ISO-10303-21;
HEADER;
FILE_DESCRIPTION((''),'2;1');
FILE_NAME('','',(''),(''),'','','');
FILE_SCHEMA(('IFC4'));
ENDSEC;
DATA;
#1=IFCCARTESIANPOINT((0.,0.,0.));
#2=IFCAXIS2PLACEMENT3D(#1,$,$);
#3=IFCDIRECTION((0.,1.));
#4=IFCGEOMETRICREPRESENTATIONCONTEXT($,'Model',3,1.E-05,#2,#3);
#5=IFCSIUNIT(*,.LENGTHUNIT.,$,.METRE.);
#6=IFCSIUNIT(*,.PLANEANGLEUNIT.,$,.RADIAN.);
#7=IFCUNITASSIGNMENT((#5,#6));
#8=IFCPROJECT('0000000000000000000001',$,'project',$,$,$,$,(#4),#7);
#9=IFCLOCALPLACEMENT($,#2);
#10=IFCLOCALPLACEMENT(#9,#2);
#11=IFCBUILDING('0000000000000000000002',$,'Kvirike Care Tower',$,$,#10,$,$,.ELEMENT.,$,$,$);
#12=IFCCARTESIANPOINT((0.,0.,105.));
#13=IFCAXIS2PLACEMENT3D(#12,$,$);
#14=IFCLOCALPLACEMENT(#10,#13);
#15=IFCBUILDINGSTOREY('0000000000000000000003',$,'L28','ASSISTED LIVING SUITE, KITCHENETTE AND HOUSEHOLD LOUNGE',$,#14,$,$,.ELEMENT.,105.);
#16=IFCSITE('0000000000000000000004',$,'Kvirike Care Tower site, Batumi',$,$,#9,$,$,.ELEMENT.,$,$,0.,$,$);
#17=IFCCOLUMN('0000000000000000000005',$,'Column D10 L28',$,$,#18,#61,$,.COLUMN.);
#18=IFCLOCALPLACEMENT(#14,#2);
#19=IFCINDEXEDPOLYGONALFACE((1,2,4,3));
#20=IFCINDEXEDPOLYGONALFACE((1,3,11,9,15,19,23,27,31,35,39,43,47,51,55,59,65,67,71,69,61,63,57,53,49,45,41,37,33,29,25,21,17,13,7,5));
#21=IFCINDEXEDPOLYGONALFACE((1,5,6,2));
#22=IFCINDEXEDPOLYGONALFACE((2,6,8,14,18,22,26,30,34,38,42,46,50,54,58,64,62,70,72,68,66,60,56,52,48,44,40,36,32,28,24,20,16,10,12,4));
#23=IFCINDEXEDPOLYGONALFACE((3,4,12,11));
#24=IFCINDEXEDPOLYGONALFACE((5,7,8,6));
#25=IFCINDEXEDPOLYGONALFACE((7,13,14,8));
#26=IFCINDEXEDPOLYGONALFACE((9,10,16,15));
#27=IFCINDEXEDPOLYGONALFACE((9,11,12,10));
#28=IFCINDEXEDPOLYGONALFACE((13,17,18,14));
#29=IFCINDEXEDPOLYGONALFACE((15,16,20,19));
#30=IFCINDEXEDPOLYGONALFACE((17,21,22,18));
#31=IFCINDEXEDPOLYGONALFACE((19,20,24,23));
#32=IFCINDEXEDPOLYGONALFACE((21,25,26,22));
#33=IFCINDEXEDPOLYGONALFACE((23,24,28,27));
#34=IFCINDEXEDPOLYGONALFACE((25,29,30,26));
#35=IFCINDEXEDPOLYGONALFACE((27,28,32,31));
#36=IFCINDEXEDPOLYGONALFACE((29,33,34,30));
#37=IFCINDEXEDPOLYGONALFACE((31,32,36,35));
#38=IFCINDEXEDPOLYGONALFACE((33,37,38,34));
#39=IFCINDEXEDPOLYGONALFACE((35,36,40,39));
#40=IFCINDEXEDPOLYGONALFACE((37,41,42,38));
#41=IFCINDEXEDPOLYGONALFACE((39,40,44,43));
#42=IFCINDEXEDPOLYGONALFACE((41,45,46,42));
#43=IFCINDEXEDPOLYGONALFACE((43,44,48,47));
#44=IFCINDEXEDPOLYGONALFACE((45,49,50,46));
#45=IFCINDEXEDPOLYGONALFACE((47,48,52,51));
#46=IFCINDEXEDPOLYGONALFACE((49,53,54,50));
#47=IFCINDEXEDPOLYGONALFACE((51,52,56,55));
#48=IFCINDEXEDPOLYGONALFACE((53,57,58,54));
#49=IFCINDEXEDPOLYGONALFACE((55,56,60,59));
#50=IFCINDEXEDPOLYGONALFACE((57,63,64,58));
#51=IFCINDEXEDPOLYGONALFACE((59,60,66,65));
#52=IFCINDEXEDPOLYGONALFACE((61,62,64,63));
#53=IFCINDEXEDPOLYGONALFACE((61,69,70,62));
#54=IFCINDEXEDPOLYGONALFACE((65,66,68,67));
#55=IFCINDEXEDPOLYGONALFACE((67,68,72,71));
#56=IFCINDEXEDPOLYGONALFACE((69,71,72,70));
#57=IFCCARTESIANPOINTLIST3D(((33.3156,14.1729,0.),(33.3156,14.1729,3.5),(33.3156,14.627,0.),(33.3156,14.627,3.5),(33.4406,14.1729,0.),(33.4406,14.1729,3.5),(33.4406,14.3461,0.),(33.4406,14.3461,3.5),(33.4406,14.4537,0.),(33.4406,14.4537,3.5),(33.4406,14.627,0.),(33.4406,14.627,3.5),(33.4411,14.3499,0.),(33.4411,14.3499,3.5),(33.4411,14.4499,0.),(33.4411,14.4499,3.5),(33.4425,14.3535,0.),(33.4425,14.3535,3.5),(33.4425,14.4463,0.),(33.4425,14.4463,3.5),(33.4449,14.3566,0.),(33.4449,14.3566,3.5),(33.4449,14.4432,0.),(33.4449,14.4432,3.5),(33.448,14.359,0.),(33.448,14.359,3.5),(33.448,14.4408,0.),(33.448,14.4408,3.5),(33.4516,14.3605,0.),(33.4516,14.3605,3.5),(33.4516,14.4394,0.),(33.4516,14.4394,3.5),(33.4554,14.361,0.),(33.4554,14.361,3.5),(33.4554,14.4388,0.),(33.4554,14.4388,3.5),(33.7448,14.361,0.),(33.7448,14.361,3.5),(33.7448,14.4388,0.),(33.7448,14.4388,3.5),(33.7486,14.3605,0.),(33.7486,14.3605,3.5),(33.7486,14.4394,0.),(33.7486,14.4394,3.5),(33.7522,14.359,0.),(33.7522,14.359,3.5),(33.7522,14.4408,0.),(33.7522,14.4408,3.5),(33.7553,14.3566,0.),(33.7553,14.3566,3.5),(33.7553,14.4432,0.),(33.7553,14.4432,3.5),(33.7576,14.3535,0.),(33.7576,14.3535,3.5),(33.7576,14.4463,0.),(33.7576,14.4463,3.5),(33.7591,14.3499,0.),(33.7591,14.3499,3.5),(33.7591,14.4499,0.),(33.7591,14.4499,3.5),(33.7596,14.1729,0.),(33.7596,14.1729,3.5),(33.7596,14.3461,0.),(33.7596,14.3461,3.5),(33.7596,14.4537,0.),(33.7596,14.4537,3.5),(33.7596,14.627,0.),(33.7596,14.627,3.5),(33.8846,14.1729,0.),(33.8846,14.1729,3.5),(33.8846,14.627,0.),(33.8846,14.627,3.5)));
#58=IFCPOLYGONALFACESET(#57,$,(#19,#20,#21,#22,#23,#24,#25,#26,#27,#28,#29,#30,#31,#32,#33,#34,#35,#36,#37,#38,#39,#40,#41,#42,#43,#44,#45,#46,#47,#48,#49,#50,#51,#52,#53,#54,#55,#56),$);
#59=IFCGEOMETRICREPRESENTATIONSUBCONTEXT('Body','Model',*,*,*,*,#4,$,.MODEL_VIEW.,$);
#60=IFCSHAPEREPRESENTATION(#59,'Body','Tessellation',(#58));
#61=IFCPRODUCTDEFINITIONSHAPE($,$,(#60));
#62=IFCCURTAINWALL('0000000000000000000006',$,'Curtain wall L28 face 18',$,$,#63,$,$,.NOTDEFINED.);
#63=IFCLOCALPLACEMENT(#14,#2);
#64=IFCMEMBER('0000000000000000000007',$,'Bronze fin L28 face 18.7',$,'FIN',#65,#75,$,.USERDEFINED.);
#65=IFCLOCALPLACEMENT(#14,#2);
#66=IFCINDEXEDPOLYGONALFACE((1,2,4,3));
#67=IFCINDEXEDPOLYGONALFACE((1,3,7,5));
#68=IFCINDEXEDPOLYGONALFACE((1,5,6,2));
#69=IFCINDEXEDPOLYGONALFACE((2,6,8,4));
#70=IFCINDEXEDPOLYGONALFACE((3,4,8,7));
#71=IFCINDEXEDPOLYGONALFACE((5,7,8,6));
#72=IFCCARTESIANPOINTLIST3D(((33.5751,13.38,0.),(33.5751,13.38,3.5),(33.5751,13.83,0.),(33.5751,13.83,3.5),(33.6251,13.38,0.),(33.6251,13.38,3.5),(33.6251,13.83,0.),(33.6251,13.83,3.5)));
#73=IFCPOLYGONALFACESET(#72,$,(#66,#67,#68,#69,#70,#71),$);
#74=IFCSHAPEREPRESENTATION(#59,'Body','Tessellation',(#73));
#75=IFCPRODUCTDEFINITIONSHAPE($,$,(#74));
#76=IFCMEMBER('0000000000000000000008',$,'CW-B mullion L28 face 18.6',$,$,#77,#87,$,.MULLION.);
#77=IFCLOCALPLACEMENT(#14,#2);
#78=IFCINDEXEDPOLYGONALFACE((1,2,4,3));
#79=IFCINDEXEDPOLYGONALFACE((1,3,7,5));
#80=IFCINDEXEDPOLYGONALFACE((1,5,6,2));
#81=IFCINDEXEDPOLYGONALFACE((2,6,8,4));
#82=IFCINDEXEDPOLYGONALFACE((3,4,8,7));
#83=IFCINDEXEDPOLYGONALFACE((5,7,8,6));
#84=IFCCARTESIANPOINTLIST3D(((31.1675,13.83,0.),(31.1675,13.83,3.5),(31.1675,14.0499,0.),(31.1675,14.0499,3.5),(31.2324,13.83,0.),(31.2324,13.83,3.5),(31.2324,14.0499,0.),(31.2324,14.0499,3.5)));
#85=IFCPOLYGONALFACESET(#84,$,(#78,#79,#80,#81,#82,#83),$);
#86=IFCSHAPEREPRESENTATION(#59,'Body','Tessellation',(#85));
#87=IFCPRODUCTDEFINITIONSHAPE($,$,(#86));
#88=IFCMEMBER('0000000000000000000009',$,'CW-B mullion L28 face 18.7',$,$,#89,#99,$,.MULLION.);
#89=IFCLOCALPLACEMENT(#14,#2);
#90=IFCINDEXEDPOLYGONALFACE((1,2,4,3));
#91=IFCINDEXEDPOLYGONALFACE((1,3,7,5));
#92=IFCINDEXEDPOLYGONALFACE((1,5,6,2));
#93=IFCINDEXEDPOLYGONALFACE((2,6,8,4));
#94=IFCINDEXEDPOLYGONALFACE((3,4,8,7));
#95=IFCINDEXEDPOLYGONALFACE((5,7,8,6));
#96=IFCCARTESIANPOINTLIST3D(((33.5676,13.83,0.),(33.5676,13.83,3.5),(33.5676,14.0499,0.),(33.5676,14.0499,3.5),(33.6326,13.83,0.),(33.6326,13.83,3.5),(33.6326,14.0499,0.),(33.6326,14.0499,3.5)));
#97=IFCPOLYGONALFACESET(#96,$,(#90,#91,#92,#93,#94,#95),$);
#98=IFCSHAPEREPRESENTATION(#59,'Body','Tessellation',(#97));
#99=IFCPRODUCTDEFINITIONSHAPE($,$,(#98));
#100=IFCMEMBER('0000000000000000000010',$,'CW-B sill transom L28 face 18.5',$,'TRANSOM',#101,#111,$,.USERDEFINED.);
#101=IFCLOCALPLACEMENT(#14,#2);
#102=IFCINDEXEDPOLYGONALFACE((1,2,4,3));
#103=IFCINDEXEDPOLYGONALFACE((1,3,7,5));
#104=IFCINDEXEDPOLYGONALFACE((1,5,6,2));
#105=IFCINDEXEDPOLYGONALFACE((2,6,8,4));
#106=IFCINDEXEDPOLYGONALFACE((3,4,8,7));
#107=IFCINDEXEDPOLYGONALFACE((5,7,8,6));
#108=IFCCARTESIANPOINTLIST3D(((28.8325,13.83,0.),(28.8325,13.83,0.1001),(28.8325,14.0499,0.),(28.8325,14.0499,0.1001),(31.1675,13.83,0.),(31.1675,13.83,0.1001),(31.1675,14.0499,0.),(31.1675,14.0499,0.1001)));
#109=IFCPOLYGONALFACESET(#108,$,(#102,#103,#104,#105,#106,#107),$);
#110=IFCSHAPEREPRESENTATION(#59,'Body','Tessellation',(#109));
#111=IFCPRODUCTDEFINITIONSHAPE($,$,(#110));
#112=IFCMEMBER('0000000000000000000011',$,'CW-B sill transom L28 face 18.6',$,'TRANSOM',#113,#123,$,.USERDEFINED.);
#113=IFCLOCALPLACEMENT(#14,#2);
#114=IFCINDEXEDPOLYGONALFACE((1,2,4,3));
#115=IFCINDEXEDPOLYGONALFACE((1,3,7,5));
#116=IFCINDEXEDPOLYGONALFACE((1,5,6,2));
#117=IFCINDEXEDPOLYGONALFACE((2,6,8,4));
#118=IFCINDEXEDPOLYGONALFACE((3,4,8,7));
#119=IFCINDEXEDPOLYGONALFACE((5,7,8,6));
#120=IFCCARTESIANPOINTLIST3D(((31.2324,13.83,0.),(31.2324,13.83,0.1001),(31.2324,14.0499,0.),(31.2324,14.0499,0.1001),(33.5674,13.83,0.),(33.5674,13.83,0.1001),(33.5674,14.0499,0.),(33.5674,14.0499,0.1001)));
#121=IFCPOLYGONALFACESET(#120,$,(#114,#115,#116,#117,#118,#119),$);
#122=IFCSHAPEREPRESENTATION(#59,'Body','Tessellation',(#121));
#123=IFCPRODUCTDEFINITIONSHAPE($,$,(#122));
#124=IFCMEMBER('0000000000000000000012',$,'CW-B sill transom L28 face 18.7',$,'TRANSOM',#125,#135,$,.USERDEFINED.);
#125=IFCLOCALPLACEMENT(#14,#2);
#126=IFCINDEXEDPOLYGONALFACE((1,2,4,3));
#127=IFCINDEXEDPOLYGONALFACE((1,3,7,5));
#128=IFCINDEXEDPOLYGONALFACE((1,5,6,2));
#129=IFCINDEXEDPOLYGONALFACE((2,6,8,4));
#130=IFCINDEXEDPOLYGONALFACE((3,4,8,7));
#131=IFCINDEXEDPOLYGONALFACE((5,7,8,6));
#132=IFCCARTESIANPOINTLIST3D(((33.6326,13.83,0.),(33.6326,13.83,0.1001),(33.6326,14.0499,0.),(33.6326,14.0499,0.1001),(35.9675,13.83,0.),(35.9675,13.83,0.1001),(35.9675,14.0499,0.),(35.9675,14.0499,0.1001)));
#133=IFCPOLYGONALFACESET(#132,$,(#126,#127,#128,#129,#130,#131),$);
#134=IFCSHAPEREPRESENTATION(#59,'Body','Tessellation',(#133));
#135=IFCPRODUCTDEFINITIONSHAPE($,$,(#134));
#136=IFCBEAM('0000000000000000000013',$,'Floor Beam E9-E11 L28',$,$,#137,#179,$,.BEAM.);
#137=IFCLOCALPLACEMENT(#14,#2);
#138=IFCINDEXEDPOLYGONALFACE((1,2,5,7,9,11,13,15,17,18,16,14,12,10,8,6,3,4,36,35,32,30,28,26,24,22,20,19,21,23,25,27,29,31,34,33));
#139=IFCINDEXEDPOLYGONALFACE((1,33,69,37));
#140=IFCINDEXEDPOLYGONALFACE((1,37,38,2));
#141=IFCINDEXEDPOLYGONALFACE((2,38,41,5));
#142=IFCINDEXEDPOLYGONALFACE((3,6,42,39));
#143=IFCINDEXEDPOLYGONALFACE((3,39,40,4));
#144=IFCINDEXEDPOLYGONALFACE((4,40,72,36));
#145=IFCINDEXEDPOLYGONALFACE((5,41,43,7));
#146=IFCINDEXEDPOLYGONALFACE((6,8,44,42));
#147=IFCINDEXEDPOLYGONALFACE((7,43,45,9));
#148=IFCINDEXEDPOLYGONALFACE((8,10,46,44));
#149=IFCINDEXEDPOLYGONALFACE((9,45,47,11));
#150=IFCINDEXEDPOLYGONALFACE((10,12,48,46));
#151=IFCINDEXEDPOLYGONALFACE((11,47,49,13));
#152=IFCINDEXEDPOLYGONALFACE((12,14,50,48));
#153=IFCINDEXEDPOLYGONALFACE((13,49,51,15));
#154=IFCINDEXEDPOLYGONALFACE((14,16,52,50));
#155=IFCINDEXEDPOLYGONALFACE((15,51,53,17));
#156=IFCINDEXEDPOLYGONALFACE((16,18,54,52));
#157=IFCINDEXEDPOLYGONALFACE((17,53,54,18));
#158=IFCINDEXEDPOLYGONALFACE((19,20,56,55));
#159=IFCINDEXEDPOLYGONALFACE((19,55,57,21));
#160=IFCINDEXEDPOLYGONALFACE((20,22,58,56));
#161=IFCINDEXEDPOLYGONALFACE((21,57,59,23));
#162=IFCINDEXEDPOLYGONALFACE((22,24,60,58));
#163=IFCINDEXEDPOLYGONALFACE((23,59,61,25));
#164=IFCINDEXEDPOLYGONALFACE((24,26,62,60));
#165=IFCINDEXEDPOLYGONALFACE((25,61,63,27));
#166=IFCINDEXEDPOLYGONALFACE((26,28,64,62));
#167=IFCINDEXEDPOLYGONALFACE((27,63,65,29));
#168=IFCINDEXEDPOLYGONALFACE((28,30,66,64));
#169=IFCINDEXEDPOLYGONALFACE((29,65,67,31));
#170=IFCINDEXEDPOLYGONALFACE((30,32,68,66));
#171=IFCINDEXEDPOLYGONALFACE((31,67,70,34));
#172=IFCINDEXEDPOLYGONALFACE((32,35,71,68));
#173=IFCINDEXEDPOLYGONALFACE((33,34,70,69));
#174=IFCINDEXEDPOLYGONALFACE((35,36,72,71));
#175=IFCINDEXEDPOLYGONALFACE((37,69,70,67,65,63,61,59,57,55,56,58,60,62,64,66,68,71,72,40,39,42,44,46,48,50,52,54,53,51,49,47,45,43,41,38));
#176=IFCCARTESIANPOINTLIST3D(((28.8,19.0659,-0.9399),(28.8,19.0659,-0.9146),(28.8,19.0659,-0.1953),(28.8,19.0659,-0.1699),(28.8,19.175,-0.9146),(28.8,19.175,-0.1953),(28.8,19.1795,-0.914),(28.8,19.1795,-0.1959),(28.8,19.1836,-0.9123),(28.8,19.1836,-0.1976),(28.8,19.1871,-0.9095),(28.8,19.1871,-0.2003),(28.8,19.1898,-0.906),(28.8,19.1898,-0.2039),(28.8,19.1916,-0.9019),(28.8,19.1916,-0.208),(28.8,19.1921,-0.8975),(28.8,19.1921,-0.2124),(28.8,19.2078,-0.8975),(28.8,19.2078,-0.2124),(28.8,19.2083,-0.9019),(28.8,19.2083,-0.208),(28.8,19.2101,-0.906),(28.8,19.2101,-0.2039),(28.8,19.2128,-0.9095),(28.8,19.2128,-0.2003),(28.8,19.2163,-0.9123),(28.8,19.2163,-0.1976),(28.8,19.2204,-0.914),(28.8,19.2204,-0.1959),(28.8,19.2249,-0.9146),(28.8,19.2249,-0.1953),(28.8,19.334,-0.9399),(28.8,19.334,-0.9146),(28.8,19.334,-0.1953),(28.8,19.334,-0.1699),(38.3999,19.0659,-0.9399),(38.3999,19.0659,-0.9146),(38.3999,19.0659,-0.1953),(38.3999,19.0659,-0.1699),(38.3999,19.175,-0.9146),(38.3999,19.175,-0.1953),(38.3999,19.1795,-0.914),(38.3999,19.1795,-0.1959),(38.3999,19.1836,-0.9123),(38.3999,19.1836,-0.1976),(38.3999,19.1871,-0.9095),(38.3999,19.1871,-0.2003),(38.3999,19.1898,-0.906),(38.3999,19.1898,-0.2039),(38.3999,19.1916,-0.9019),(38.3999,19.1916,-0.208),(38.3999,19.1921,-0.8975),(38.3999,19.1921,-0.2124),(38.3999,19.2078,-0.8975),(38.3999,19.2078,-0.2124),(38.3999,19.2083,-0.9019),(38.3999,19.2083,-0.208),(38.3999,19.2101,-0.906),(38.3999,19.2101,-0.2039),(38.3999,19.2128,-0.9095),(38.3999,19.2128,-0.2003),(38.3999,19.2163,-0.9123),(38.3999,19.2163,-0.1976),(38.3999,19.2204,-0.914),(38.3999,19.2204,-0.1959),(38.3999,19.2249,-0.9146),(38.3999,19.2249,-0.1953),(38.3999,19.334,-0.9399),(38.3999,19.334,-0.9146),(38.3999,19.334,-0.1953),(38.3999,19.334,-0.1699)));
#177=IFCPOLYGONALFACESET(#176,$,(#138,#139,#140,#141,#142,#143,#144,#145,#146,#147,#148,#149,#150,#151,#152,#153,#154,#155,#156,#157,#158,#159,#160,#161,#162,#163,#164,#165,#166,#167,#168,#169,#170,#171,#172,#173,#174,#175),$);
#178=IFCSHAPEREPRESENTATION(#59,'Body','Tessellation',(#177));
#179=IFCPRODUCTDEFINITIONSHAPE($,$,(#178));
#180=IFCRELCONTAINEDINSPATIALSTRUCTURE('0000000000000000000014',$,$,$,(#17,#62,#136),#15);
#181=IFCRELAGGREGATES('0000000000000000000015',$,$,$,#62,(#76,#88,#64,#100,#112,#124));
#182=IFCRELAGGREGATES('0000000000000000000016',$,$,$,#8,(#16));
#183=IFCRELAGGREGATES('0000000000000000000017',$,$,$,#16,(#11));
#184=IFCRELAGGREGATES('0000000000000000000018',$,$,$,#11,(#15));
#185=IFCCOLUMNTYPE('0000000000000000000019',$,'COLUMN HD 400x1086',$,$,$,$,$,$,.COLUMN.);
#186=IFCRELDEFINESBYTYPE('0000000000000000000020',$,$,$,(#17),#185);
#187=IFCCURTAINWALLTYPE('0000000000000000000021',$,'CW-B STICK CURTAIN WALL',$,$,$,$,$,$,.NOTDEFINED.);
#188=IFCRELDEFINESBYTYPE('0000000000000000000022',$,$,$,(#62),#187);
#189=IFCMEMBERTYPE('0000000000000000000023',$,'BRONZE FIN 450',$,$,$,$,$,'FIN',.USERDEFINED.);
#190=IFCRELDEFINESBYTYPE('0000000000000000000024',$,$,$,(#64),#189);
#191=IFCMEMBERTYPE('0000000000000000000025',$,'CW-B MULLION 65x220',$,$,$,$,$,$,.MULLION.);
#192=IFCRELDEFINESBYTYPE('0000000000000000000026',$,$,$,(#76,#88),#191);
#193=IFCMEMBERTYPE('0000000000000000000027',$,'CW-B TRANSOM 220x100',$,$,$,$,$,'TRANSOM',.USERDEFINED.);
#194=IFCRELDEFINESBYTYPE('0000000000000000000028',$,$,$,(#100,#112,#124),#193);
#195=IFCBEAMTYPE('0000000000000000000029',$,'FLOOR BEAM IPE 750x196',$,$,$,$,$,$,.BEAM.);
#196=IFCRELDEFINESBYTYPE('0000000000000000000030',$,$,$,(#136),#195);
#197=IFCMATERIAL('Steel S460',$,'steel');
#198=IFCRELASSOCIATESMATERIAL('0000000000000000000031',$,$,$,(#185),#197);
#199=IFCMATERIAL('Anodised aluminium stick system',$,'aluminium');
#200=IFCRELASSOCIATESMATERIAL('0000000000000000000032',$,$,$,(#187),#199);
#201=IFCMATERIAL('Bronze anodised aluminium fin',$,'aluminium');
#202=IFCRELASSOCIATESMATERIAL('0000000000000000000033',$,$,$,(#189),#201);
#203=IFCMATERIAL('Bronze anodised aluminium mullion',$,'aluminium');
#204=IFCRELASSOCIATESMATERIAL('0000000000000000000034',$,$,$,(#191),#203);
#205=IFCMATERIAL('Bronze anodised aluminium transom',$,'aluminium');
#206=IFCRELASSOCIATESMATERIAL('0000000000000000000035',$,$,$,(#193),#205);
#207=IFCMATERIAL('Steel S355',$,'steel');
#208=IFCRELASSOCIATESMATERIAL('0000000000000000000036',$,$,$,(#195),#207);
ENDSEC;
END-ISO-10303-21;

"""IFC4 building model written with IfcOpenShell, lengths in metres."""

from ifc_helpers import new_model, si_unit, direction, frame, origin, origin_2d, place, context, subcontext, project, spatial, rectangle, i_section, extrude, material, material_profile, profile_set, type_object, element, aggregate, save


model = new_model("IFC4")

# Units and contexts
model_context = context("Model", 3, precision=1e-05, world=origin(), true_north=direction((0.0, 1.0)))
body_context = subcontext(model_context, "Body", "Model", "MODEL_VIEW")
ifc_project = project(units=[si_unit("LENGTHUNIT", "METRE"), si_unit("PLANEANGLEUNIT", "RADIAN")], contexts=[model_context])

# Site, building, storey
site_placement = place(None, origin())
site = spatial("IfcSite", under=ifc_project, at=site_placement, Name="Kvirike Care Tower site, Batumi", CompositionType="ELEMENT", RefElevation=0.0)
building_placement = place(site_placement, origin())
building = spatial("IfcBuilding", under=site, at=building_placement, Name="Kvirike Care Tower", CompositionType="ELEMENT")
storey_placement = place(building_placement, frame((0.0, 0.0, 105.0)))
storey = spatial("IfcBuildingStorey", under=building, at=storey_placement, Name="L28", Description="ASSISTED LIVING SUITE, KITCHENETTE AND HOUSEHOLD LOUNGE", CompositionType="ELEMENT", Elevation=105.0)

# Column
ifc_material_1 = material(Name="Steel S460", Category="steel")
ifc_material_profile_1 = material_profile(ifc_material_1, i_section(OverallWidth=0.4541, OverallDepth=0.5691, WebThickness=0.0779, FlangeThickness=0.125, FilletRadius=0.0149, at=origin_2d()), Name="HD 400x1086")
ifc_profile_set_1 = profile_set([ifc_material_profile_1], Name="Steel S460")
column_type = type_object("IfcColumnType", Name="COLUMN HD 400x1086", PredefinedType="COLUMN", material=ifc_profile_set_1)
column_placement = place(storey_placement, frame((33.6001, 14.3999, 0.0), z_axis=(0.0, 0.0, 1.0), x_axis=(0.0, 1.0, 0.0)))
element("IfcColumn", 1, at=column_placement, inside=storey, type_object=column_type, Name="Column D10 L28", PredefinedType="COLUMN", context=body_context, shape_type="SweptSolid", body=[
    extrude(i_section(OverallWidth=0.4541, OverallDepth=0.5691, WebThickness=0.0779, FlangeThickness=0.125, FilletRadius=0.0149, at=origin_2d()), origin(), (0.0, 0.0, 1.0), 3.5),
])

# Curtain wall, members
ifc_material_2 = material(Name="Anodised aluminium stick system", Category="aluminium")
curtain_wall_type = type_object("IfcCurtainWallType", Name="CW-B STICK CURTAIN WALL", PredefinedType="NOTDEFINED", material=ifc_material_2)
curtain_wall_placement = place(storey_placement, origin())
curtain_wall = element("IfcCurtainWall", 2, at=curtain_wall_placement, inside=storey, type_object=curtain_wall_type, Name="Curtain wall L28 face 18", PredefinedType="NOTDEFINED")
ifc_material_3 = material(Name="Bronze anodised aluminium fin", Category="aluminium")
ifc_material_profile_2 = material_profile(ifc_material_3, rectangle(XDim=0.05, YDim=0.45, at=origin_2d()), Name="BRONZE FIN 450")
ifc_profile_set_2 = profile_set([ifc_material_profile_2], Name="Bronze anodised aluminium fin")
member_type_1 = type_object("IfcMemberType", Name="BRONZE FIN 450", ElementType="FIN", PredefinedType="USERDEFINED", material=ifc_profile_set_2)
member_1_placement = place(storey_placement, frame((33.6001, 13.605, 0.0), z_axis=(0.0, 0.0, 1.0), x_axis=(1.0, 0.0, 0.0)))
member_1 = element("IfcMember", 3, at=member_1_placement, type_object=member_type_1, Name="Bronze fin L28 face 18.7", ObjectType="FIN", PredefinedType="USERDEFINED", context=body_context, shape_type="SweptSolid", body=[
    extrude(rectangle(XDim=0.05, YDim=0.45, at=origin_2d()), origin(), (0.0, 0.0, 1.0), 3.5),
])
ifc_material_4 = material(Name="Bronze anodised aluminium mullion", Category="aluminium")
ifc_material_profile_3 = material_profile(ifc_material_4, rectangle(XDim=0.0649, YDim=0.22, at=origin_2d()), Name="CW-B MULLION 65x220")
ifc_profile_set_3 = profile_set([ifc_material_profile_3], Name="Bronze anodised aluminium mullion")
member_type_2 = type_object("IfcMemberType", Name="CW-B MULLION 65x220", PredefinedType="MULLION", material=ifc_profile_set_3)
member_2_placement = place(storey_placement, frame((31.2, 13.9399, 0.0), z_axis=(0.0, 0.0, 1.0), x_axis=(1.0, 0.0, 0.0)))
member_2 = element("IfcMember", 4, at=member_2_placement, type_object=member_type_2, Name="CW-B mullion L28 face 18.6", PredefinedType="MULLION", context=body_context, shape_type="SweptSolid", body=[
    extrude(rectangle(XDim=0.0649, YDim=0.22, at=origin_2d()), origin(), (0.0, 0.0, 1.0), 3.5),
])
member_3_placement = place(storey_placement, frame((33.6001, 13.9399, 0.0), z_axis=(0.0, 0.0, 1.0), x_axis=(1.0, 0.0, 0.0)))
member_3 = element("IfcMember", 5, at=member_3_placement, type_object=member_type_2, Name="CW-B mullion L28 face 18.7", PredefinedType="MULLION", context=body_context, shape_type="SweptSolid", body=[
    extrude(rectangle(XDim=0.0649, YDim=0.22, at=origin_2d()), origin(), (0.0, 0.0, 1.0), 3.5),
])
ifc_material_5 = material(Name="Bronze anodised aluminium transom", Category="aluminium")
ifc_material_profile_4 = material_profile(ifc_material_5, rectangle(XDim=0.22, YDim=0.1001, at=origin_2d()), Name="CW-B TRANSOM 220x100")
ifc_profile_set_4 = profile_set([ifc_material_profile_4], Name="Bronze anodised aluminium transom")
member_type_3 = type_object("IfcMemberType", Name="CW-B TRANSOM 220x100", ElementType="TRANSOM", PredefinedType="USERDEFINED", material=ifc_profile_set_4)
member_4_placement = place(storey_placement, frame((28.8325, 13.9399, 0.05), z_axis=(1.0, 0.0, 0.0), x_axis=(0.0, 1.0, 0.0)))
member_4 = element("IfcMember", 6, at=member_4_placement, type_object=member_type_3, Name="CW-B sill transom L28 face 18.5", ObjectType="TRANSOM", PredefinedType="USERDEFINED", context=body_context, shape_type="SweptSolid", body=[
    extrude(rectangle(XDim=0.22, YDim=0.1001, at=origin_2d()), origin(), (0.0, 0.0, 1.0), 2.335),
])
member_5_placement = place(storey_placement, frame((31.2324, 13.9399, 0.05), z_axis=(1.0, 0.0, 0.0), x_axis=(0.0, 1.0, 0.0)))
member_5 = element("IfcMember", 7, at=member_5_placement, type_object=member_type_3, Name="CW-B sill transom L28 face 18.6", ObjectType="TRANSOM", PredefinedType="USERDEFINED", context=body_context, shape_type="SweptSolid", body=[
    extrude(rectangle(XDim=0.22, YDim=0.1001, at=origin_2d()), origin(), (0.0, 0.0, 1.0), 2.335),
])
member_6_placement = place(storey_placement, frame((33.6326, 13.9399, 0.05), z_axis=(1.0, 0.0, 0.0), x_axis=(0.0, 1.0, 0.0)))
member_6 = element("IfcMember", 8, at=member_6_placement, type_object=member_type_3, Name="CW-B sill transom L28 face 18.7", ObjectType="TRANSOM", PredefinedType="USERDEFINED", context=body_context, shape_type="SweptSolid", body=[
    extrude(rectangle(XDim=0.22, YDim=0.1001, at=origin_2d()), origin(), (0.0, 0.0, 1.0), 2.335),
])

# Beam
ifc_material_6 = material(Name="Steel S355", Category="steel")
ifc_material_profile_5 = material_profile(ifc_material_6, i_section(OverallWidth=0.2681, OverallDepth=0.77, WebThickness=0.0156, FlangeThickness=0.0254, FilletRadius=0.0171, at=origin_2d()), Name="IPE 750x196")
ifc_profile_set_5 = profile_set([ifc_material_profile_5], Name="Steel S355")
beam_type_1 = type_object("IfcBeamType", Name="FLOOR BEAM IPE 750x196", PredefinedType="BEAM", material=ifc_profile_set_5)
beam_1_placement = place(storey_placement, frame((28.8, 19.2, -0.5549), z_axis=(1.0, 0.0, 0.0), x_axis=(0.0, 1.0, 0.0)))
element("IfcBeam", 9, at=beam_1_placement, inside=storey, type_object=beam_type_1, Name="Floor Beam E9-E11 L28", PredefinedType="BEAM", context=body_context, shape_type="SweptSolid", body=[
    extrude(i_section(OverallWidth=0.2681, OverallDepth=0.77, WebThickness=0.0156, FlangeThickness=0.0254, FilletRadius=0.0171, at=origin_2d()), origin(), (0.0, 0.0, 1.0), 9.5999),
])

aggregate(curtain_wall, [member_2, member_3, member_1, member_4, member_5, member_6])

save(model, "model.ifc")
